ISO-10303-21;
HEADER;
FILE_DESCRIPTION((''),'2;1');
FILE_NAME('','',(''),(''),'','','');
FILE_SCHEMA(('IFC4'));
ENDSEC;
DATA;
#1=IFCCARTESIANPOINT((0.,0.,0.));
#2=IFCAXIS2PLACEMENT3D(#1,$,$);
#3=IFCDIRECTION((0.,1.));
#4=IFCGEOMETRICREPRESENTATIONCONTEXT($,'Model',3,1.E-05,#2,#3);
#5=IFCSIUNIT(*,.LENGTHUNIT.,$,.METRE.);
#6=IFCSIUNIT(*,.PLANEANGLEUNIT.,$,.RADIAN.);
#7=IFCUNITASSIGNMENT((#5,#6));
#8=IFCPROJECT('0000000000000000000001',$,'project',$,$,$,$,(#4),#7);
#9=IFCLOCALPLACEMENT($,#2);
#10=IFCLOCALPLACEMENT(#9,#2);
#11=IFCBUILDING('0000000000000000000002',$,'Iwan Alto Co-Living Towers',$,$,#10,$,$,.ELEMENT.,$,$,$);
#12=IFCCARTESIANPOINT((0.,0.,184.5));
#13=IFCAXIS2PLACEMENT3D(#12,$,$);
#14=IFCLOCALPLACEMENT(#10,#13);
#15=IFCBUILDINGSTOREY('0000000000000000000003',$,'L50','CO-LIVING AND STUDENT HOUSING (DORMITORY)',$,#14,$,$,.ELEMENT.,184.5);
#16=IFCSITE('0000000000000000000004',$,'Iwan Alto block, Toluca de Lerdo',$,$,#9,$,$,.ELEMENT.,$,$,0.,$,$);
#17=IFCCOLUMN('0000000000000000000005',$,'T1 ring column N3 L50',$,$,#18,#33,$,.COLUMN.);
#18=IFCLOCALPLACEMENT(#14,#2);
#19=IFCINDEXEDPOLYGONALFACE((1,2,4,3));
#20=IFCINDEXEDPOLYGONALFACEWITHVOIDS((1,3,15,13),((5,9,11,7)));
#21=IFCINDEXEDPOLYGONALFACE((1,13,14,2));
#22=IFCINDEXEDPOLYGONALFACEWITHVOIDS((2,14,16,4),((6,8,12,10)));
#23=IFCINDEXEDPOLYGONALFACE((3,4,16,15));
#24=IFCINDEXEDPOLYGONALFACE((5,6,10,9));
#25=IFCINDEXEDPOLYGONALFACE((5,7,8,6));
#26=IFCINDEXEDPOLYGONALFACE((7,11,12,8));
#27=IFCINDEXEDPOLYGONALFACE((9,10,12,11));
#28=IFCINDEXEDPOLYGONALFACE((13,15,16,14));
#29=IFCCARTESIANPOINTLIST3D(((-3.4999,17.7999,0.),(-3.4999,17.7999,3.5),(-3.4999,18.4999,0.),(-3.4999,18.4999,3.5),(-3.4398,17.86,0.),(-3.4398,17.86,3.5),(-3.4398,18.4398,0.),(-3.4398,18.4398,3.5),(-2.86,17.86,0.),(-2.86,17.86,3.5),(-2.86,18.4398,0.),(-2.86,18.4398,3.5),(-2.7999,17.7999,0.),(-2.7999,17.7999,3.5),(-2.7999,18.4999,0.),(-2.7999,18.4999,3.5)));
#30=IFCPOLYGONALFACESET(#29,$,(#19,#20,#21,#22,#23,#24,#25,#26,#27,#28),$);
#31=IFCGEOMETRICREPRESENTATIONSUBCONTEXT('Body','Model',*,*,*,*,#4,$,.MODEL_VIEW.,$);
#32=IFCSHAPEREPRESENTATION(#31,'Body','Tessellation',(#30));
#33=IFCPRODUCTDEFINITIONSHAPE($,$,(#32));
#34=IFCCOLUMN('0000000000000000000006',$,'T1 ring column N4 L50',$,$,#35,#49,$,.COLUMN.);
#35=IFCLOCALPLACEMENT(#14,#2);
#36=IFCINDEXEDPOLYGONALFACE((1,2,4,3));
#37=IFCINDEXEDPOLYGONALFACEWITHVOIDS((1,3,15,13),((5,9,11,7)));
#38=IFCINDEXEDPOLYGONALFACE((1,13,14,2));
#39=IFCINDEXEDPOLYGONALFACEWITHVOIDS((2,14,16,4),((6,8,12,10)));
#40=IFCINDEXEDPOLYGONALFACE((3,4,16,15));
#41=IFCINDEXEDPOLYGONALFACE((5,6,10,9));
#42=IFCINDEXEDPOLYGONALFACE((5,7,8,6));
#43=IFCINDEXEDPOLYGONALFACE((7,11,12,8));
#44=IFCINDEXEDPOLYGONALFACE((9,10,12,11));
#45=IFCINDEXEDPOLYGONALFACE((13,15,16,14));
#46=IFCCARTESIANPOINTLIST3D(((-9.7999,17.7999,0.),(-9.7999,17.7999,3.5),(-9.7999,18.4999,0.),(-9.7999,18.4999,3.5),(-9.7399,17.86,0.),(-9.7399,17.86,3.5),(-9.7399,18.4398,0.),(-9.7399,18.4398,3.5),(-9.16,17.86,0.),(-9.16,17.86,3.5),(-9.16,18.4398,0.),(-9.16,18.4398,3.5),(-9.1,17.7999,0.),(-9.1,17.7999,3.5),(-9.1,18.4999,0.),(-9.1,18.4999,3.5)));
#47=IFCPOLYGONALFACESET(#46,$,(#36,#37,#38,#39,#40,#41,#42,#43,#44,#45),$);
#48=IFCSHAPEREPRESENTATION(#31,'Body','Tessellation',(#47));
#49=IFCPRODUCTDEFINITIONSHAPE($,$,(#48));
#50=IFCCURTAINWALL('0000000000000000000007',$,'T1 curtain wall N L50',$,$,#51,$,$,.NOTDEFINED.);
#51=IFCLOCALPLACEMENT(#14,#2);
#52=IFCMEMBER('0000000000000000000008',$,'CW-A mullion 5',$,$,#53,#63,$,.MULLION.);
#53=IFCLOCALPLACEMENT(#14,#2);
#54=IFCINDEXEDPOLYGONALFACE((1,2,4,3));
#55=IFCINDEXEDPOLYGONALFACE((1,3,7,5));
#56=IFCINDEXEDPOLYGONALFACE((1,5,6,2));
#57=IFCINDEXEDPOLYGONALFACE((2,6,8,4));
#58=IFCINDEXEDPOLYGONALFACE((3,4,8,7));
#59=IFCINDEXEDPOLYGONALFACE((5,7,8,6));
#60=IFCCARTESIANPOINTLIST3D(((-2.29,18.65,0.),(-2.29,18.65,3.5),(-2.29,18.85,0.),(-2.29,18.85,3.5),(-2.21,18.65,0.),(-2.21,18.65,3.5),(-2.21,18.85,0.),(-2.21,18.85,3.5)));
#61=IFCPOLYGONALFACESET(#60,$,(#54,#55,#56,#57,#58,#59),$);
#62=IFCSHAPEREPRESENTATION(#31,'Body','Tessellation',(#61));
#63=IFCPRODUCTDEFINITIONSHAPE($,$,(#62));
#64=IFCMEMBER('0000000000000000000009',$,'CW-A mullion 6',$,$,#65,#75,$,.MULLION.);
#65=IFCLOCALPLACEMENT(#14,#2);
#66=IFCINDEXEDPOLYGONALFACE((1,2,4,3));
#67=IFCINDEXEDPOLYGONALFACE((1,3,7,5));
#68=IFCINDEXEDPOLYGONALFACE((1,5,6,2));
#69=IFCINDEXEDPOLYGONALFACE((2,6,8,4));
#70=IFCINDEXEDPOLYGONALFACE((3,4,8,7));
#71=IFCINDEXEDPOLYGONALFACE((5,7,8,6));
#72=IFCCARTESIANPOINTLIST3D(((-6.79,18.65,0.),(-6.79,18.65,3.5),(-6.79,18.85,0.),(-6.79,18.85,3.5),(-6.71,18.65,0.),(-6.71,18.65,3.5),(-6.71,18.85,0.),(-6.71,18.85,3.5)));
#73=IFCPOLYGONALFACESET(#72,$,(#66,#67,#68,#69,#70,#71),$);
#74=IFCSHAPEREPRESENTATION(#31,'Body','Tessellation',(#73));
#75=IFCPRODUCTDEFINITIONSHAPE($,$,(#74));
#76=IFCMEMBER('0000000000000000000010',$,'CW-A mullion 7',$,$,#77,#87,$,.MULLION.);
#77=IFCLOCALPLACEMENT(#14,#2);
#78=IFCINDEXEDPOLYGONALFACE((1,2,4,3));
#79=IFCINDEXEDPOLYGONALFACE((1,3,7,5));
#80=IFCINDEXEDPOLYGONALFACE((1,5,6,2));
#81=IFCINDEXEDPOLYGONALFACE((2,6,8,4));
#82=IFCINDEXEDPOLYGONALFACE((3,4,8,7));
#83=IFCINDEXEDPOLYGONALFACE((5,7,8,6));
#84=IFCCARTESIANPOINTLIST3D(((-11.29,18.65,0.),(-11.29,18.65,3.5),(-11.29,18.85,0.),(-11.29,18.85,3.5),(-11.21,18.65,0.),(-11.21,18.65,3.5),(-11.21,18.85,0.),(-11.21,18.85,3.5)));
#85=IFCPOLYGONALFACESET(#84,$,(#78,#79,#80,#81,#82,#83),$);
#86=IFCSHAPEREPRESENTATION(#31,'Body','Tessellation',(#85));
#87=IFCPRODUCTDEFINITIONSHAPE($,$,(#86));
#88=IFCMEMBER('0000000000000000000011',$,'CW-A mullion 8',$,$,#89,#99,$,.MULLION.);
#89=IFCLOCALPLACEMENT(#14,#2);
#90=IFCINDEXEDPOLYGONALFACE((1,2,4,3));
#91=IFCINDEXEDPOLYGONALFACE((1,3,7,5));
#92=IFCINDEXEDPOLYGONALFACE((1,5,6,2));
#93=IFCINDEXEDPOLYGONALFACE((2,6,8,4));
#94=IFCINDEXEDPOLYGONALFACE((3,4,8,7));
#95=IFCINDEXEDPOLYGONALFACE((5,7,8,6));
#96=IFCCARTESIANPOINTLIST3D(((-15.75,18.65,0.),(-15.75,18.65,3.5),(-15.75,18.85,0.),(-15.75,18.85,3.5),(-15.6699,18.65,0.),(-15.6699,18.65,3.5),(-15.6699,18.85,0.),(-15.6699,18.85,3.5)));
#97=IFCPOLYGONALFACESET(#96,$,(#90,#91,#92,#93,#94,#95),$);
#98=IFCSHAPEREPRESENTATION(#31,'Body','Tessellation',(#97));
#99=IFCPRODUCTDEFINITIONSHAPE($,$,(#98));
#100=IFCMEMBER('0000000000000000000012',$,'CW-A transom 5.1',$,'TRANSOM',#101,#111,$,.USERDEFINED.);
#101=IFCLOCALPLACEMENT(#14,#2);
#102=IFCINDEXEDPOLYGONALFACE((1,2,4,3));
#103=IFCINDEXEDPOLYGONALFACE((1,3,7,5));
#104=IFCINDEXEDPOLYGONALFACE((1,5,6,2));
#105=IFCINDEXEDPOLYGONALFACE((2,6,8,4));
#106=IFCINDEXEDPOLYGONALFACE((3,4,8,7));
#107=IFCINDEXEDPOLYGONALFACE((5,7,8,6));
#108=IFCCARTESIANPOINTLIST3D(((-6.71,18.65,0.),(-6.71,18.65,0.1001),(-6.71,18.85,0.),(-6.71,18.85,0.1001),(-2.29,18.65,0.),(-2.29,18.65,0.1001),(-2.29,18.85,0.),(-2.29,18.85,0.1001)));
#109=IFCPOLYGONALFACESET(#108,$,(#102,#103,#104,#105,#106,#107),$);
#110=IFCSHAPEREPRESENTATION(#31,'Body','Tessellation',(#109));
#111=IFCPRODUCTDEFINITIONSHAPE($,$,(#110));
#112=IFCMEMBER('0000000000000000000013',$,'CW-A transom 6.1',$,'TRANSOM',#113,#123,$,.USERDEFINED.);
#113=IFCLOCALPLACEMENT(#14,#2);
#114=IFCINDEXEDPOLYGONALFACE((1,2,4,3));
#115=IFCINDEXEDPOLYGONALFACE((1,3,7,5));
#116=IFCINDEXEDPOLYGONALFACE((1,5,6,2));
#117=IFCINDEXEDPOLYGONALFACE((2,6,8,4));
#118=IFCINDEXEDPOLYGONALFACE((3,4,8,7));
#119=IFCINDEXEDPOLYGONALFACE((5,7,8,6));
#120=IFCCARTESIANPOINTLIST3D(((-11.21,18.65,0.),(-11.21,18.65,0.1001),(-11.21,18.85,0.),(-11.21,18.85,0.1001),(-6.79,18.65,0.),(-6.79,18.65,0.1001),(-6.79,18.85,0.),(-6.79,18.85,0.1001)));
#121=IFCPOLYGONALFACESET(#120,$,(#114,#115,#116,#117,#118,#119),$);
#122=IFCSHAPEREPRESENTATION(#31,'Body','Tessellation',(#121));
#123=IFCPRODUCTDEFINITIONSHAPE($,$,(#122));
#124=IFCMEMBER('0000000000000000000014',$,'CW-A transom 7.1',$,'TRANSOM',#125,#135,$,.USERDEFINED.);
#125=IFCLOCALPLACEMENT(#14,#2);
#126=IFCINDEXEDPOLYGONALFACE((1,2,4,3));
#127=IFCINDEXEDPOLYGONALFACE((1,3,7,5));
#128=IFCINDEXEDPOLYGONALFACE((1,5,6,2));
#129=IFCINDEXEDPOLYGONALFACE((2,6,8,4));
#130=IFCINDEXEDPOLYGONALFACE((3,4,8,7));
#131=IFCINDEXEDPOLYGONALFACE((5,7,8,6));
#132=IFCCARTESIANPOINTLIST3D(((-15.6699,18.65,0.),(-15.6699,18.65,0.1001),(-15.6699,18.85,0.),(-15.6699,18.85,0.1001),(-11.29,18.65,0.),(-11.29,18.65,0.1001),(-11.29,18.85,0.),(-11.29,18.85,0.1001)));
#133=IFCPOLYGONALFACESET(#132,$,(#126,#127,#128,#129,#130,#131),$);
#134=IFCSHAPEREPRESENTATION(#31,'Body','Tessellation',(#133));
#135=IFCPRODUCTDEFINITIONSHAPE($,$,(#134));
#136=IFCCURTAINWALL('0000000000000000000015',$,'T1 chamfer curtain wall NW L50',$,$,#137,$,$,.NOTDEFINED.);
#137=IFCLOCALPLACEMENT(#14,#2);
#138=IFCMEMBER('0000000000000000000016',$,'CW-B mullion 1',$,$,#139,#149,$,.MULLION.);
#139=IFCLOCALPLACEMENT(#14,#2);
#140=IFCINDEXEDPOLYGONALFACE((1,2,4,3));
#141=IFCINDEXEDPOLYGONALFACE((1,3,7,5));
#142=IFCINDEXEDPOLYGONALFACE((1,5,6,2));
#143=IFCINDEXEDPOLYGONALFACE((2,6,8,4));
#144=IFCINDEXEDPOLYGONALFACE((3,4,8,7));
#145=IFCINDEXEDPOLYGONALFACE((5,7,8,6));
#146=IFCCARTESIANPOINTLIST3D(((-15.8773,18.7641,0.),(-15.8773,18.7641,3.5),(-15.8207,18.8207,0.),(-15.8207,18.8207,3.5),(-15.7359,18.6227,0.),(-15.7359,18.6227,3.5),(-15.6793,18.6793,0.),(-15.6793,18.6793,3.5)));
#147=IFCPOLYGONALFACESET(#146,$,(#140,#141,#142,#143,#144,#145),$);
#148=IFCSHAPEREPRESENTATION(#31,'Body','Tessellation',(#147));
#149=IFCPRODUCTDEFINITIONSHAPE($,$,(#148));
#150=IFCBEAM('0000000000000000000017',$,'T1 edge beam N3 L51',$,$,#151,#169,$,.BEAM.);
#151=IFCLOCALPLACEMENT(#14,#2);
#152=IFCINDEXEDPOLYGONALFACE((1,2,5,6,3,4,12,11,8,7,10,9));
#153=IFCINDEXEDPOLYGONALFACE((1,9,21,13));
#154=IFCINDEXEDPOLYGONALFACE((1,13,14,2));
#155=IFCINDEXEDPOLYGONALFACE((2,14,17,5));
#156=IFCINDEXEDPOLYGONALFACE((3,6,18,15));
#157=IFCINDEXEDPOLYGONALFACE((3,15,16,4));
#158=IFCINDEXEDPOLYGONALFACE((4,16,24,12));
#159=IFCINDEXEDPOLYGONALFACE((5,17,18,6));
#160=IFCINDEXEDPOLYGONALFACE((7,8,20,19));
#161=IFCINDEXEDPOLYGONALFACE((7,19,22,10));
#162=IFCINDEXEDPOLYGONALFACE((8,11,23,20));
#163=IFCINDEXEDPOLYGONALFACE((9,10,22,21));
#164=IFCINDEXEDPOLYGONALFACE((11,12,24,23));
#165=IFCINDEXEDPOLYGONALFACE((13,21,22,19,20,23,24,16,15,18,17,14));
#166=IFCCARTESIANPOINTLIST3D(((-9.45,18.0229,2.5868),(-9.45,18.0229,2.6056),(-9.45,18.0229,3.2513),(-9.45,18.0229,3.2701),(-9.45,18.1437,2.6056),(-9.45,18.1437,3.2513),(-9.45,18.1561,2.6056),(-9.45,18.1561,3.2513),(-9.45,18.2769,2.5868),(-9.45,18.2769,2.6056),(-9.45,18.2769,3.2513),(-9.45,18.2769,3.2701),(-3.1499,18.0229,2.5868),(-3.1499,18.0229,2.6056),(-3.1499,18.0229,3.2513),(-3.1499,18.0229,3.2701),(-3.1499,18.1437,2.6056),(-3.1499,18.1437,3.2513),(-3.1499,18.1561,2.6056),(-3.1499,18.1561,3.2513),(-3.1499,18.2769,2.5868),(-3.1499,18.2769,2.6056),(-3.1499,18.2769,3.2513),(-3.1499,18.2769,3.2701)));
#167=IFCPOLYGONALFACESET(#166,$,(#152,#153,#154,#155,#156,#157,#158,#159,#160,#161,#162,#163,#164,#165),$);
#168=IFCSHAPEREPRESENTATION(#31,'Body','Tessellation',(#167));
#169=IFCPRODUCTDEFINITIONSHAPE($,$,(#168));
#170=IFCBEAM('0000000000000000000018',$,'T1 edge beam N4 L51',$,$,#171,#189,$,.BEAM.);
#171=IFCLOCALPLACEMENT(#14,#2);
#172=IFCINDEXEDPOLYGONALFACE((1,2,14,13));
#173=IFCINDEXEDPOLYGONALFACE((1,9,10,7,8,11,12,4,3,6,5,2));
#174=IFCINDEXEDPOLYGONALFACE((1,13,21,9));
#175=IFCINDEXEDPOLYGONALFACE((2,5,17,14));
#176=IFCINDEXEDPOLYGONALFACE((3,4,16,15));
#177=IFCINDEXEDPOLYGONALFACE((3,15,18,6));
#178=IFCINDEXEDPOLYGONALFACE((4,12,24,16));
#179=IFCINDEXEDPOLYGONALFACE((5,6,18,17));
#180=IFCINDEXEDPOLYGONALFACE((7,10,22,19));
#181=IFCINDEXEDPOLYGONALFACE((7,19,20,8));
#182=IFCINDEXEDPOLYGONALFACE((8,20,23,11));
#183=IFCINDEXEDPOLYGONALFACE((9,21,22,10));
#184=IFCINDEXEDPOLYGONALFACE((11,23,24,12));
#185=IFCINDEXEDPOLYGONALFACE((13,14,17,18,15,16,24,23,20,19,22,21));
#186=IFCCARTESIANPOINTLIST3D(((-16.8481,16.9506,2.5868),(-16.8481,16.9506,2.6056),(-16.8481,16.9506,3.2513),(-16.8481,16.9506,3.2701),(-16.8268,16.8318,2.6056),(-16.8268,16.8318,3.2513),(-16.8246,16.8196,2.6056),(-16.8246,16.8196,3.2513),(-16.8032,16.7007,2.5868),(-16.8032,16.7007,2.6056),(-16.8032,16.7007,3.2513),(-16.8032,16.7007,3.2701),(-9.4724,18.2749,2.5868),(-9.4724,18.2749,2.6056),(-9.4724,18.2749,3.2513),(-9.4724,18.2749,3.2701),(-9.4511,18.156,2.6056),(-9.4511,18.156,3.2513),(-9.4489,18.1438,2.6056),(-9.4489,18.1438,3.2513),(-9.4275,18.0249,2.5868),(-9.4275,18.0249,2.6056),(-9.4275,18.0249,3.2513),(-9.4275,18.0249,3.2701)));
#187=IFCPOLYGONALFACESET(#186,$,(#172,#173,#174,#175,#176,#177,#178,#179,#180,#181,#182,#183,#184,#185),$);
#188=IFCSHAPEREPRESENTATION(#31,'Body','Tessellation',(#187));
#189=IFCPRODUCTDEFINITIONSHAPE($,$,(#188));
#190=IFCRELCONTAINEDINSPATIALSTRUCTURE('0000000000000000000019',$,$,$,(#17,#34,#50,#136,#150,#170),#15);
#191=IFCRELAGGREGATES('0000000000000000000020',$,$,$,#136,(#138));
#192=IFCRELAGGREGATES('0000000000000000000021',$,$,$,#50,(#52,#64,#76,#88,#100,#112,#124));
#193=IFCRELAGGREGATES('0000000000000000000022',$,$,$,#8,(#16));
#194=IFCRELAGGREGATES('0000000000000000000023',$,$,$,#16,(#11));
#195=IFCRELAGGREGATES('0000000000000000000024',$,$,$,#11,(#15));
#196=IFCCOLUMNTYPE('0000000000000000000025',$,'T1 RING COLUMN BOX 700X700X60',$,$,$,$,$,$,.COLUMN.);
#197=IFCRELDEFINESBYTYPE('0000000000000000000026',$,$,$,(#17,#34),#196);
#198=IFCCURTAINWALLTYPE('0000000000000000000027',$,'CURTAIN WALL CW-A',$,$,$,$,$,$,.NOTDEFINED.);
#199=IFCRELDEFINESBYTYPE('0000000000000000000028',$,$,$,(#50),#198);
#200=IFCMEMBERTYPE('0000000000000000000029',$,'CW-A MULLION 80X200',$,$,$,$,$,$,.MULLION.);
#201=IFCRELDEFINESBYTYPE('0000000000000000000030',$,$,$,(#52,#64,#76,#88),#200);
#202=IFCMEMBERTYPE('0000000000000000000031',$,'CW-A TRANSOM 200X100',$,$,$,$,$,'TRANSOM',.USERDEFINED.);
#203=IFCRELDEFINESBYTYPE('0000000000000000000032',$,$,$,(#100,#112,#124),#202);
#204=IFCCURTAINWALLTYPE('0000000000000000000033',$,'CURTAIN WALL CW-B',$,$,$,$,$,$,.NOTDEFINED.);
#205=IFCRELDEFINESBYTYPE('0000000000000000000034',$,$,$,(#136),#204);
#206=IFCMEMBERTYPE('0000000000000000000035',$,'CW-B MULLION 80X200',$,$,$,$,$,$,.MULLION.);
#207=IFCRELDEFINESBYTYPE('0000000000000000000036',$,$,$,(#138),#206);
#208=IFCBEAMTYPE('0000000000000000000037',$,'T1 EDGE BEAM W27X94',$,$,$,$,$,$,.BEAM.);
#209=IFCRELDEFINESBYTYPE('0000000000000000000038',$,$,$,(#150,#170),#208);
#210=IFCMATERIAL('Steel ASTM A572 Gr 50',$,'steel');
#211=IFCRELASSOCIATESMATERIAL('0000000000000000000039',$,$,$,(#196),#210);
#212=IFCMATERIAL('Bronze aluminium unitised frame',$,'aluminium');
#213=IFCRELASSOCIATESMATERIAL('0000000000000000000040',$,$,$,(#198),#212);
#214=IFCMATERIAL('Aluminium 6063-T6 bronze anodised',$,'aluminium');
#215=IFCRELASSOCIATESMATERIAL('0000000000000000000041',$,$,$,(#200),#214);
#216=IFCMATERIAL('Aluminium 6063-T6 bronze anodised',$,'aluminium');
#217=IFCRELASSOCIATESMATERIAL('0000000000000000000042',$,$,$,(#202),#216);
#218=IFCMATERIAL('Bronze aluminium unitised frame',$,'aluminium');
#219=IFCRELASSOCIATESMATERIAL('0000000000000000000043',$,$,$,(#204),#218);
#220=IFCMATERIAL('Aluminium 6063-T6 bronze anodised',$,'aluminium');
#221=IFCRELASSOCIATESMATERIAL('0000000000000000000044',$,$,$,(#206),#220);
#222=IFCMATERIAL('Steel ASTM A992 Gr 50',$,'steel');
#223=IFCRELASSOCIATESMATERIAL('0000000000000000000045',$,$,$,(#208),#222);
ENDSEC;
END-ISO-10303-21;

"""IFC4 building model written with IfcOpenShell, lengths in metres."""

from ifc_helpers import new_model, si_unit, direction, frame, origin, origin_2d, place, context, subcontext, project, spatial, rectangle, hollow_rectangle, i_section, extrude, material, material_profile, profile_set, type_object, element, aggregate, save


model = new_model("IFC4")

# Units and contexts
model_context = context("Model", 3, precision=1e-05, world=origin(), true_north=direction((0.0, 1.0)))
body_context = subcontext(model_context, "Body", "Model", "MODEL_VIEW")
ifc_project = project(units=[si_unit("LENGTHUNIT", "METRE"), si_unit("PLANEANGLEUNIT", "RADIAN")], contexts=[model_context])

# Site, building, storey
site_placement = place(None, origin())
site = spatial("IfcSite", under=ifc_project, at=site_placement, Name="Iwan Alto block, Toluca de Lerdo", CompositionType="ELEMENT", RefElevation=0.0)
building_placement = place(site_placement, origin())
building = spatial("IfcBuilding", under=site, at=building_placement, Name="Iwan Alto Co-Living Towers", CompositionType="ELEMENT")
storey_placement = place(building_placement, frame((0.0, 0.0, 184.5)))
storey = spatial("IfcBuildingStorey", under=building, at=storey_placement, Name="L50", Description="CO-LIVING AND STUDENT HOUSING (DORMITORY)", CompositionType="ELEMENT", Elevation=184.5)

# Columns
ifc_material_1 = material(Name="Steel ASTM A572 Gr 50", Category="steel")
ifc_material_profile_1 = material_profile(ifc_material_1, hollow_rectangle(XDim=0.7, YDim=0.7, WallThickness=0.0601, at=origin_2d()), Name="BOX 700X700X60")
ifc_profile_set_1 = profile_set([ifc_material_profile_1], Name="Steel ASTM A572 Gr 50")
column_type = type_object("IfcColumnType", Name="T1 RING COLUMN BOX 700X700X60", PredefinedType="COLUMN", material=ifc_profile_set_1)
for number, where, z_axis, x_axis, name in (
    (1, (-3.1499, 18.1499, 0.0), (0.0, 0.0, 1.0), (1.0, 0.0, 0.0), "T1 ring column N3 L50"),
    (2, (-9.45, 18.1499, 0.0), (0.0, 0.0, 1.0), (1.0, 0.0, 0.0), "T1 ring column N4 L50"),
):
    element("IfcColumn", number, at=place(storey_placement, frame(where, z_axis=z_axis, x_axis=x_axis)), inside=storey, type_object=column_type, Name=name, PredefinedType="COLUMN", context=body_context, shape_type="SweptSolid", body=[
        extrude(hollow_rectangle(XDim=0.7, YDim=0.7, WallThickness=0.0601, at=origin_2d()), origin(), (0.0, 0.0, 1.0), 3.5),
    ])

# Curtain wall, members
ifc_material_2 = material(Name="Bronze aluminium unitised frame", Category="aluminium")
curtain_wall_type_1 = type_object("IfcCurtainWallType", Name="CURTAIN WALL CW-A", PredefinedType="NOTDEFINED", material=ifc_material_2)
curtain_wall_1_placement = place(storey_placement, origin())
curtain_wall_1 = element("IfcCurtainWall", 3, at=curtain_wall_1_placement, inside=storey, type_object=curtain_wall_type_1, Name="T1 curtain wall N L50", PredefinedType="NOTDEFINED")
ifc_material_3 = material(Name="Aluminium 6063-T6 bronze anodised", Category="aluminium")
ifc_material_profile_2 = material_profile(ifc_material_3, rectangle(XDim=0.2, YDim=0.0801, at=origin_2d()), Name="AL 80X200")
ifc_profile_set_2 = profile_set([ifc_material_profile_2], Name="Aluminium 6063-T6 bronze anodised")
member_type_1 = type_object("IfcMemberType", Name="CW-A MULLION 80X200", PredefinedType="MULLION", material=ifc_profile_set_2)
member_1_placement = place(storey_placement, frame((-2.25, 18.75, 0.0), z_axis=(0.0, 0.0, 1.0), x_axis=(0.0, -1.0, 0.0)))
member_1 = element("IfcMember", 4, at=member_1_placement, type_object=member_type_1, Name="CW-A mullion 5", PredefinedType="MULLION", context=body_context, shape_type="SweptSolid", body=[
    extrude(rectangle(XDim=0.2, YDim=0.0801, at=origin_2d()), origin(), (0.0, 0.0, 1.0), 3.5),
])
member_2_placement = place(storey_placement, frame((-6.75, 18.75, 0.0), z_axis=(0.0, 0.0, 1.0), x_axis=(0.0, -1.0, 0.0)))
member_2 = element("IfcMember", 5, at=member_2_placement, type_object=member_type_1, Name="CW-A mullion 6", PredefinedType="MULLION", context=body_context, shape_type="SweptSolid", body=[
    extrude(rectangle(XDim=0.2, YDim=0.0801, at=origin_2d()), origin(), (0.0, 0.0, 1.0), 3.5),
])
member_3_placement = place(storey_placement, frame((-11.25, 18.75, 0.0), z_axis=(0.0, 0.0, 1.0), x_axis=(0.0, -1.0, 0.0)))
member_3 = element("IfcMember", 6, at=member_3_placement, type_object=member_type_1, Name="CW-A mullion 7", PredefinedType="MULLION", context=body_context, shape_type="SweptSolid", body=[
    extrude(rectangle(XDim=0.2, YDim=0.0801, at=origin_2d()), origin(), (0.0, 0.0, 1.0), 3.5),
])
member_4_placement = place(storey_placement, frame((-15.71, 18.75, 0.0), z_axis=(0.0, 0.0, 1.0), x_axis=(0.0, -1.0, 0.0)))
member_4 = element("IfcMember", 7, at=member_4_placement, type_object=member_type_1, Name="CW-A mullion 8", PredefinedType="MULLION", context=body_context, shape_type="SweptSolid", body=[
    extrude(rectangle(XDim=0.2, YDim=0.0801, at=origin_2d()), origin(), (0.0, 0.0, 1.0), 3.5),
])
ifc_material_4 = material(Name="Aluminium 6063-T6 bronze anodised", Category="aluminium")
ifc_material_profile_3 = material_profile(ifc_material_4, rectangle(XDim=0.2, YDim=0.1001, at=origin_2d()), Name="AL 200X100")
ifc_profile_set_3 = profile_set([ifc_material_profile_3], Name="Aluminium 6063-T6 bronze anodised")
member_type_2 = type_object("IfcMemberType", Name="CW-A TRANSOM 200X100", ElementType="TRANSOM", PredefinedType="USERDEFINED", material=ifc_profile_set_3)
member_5_placement = place(storey_placement, frame((-2.29, 18.75, 0.05), z_axis=(-1.0, 0.0, 0.0), x_axis=(0.0, -1.0, 0.0)))
member_5 = element("IfcMember", 8, at=member_5_placement, type_object=member_type_2, Name="CW-A transom 5.1", ObjectType="TRANSOM", PredefinedType="USERDEFINED", context=body_context, shape_type="SweptSolid", body=[
    extrude(rectangle(XDim=0.2, YDim=0.1001, at=origin_2d()), origin(), (0.0, 0.0, 1.0), 4.4199),
])
member_6_placement = place(storey_placement, frame((-6.79, 18.75, 0.05), z_axis=(-1.0, 0.0, 0.0), x_axis=(0.0, -1.0, 0.0)))
member_6 = element("IfcMember", 9, at=member_6_placement, type_object=member_type_2, Name="CW-A transom 6.1", ObjectType="TRANSOM", PredefinedType="USERDEFINED", context=body_context, shape_type="SweptSolid", body=[
    extrude(rectangle(XDim=0.2, YDim=0.1001, at=origin_2d()), origin(), (0.0, 0.0, 1.0), 4.4199),
])
member_7_placement = place(storey_placement, frame((-11.29, 18.75, 0.05), z_axis=(-1.0, 0.0, 0.0), x_axis=(0.0, -1.0, 0.0)))
member_7 = element("IfcMember", 10, at=member_7_placement, type_object=member_type_2, Name="CW-A transom 7.1", ObjectType="TRANSOM", PredefinedType="USERDEFINED", context=body_context, shape_type="SweptSolid", body=[
    extrude(rectangle(XDim=0.2, YDim=0.1001, at=origin_2d()), origin(), (0.0, 0.0, 1.0), 4.3799),
])

# Curtain wall, member
ifc_material_5 = material(Name="Bronze aluminium unitised frame", Category="aluminium")
curtain_wall_type_2 = type_object("IfcCurtainWallType", Name="CURTAIN WALL CW-B", PredefinedType="NOTDEFINED", material=ifc_material_5)
curtain_wall_2_placement = place(storey_placement, origin())
curtain_wall_2 = element("IfcCurtainWall", 11, at=curtain_wall_2_placement, inside=storey, type_object=curtain_wall_type_2, Name="T1 chamfer curtain wall NW L50", PredefinedType="NOTDEFINED")
ifc_material_6 = material(Name="Aluminium 6063-T6 bronze anodised", Category="aluminium")
ifc_material_profile_4 = material_profile(ifc_material_6, rectangle(XDim=0.2, YDim=0.0801, at=origin_2d()), Name="AL 80X200")
ifc_profile_set_4 = profile_set([ifc_material_profile_4], Name="Aluminium 6063-T6 bronze anodised")
member_type_3 = type_object("IfcMemberType", Name="CW-B MULLION 80X200", PredefinedType="MULLION", material=ifc_profile_set_4)
member_8_placement = place(storey_placement, frame((-15.7783, 18.7217, 0.0), z_axis=(0.0, 0.0, 1.0), x_axis=(0.707107, -0.707107, 0.0)))
member_8 = element("IfcMember", 12, at=member_8_placement, type_object=member_type_3, Name="CW-B mullion 1", PredefinedType="MULLION", context=body_context, shape_type="SweptSolid", body=[
    extrude(rectangle(XDim=0.2, YDim=0.0801, at=origin_2d()), origin(), (0.0, 0.0, 1.0), 3.5),
])
aggregate(curtain_wall_2, [member_8])

# Beams
ifc_material_7 = material(Name="Steel ASTM A992 Gr 50", Category="steel")
ifc_material_profile_5 = material_profile(ifc_material_7, i_section(OverallWidth=0.2539, OverallDepth=0.6833, WebThickness=0.0125, FlangeThickness=0.0188, at=origin_2d()), Name="W27X94")
ifc_profile_set_5 = profile_set([ifc_material_profile_5], Name="Steel ASTM A992 Gr 50")
beam_type_1 = type_object("IfcBeamType", Name="T1 EDGE BEAM W27X94", PredefinedType="BEAM", material=ifc_profile_set_5)
beam_1_placement = place(storey_placement, frame((-3.1499, 18.1499, 2.9285), z_axis=(-1.0, 0.0, 0.0), x_axis=(0.0, -1.0, 0.0)))
element("IfcBeam", 13, at=beam_1_placement, inside=storey, type_object=beam_type_1, Name="T1 edge beam N3 L51", PredefinedType="BEAM", context=body_context, shape_type="SweptSolid", body=[
    extrude(i_section(OverallWidth=0.2539, OverallDepth=0.6833, WebThickness=0.0125, FlangeThickness=0.0188, at=origin_2d()), origin(), (0.0, 0.0, 1.0), 6.3),
])
beam_2_placement = place(storey_placement, frame((-9.45, 18.1499, 2.9285), z_axis=(-0.984263, -0.176712, 0.0), x_axis=(0.176712, -0.984263, 0.0)))
element("IfcBeam", 14, at=beam_2_placement, inside=storey, type_object=beam_type_1, Name="T1 edge beam N4 L51", PredefinedType="BEAM", context=body_context, shape_type="SweptSolid", body=[
    extrude(i_section(OverallWidth=0.2539, OverallDepth=0.6833, WebThickness=0.0125, FlangeThickness=0.0188, at=origin_2d()), origin(), (0.0, 0.0, 1.0), 7.4937),
])

aggregate(curtain_wall_1, [member_1, member_2, member_3, member_4, member_5, member_6, member_7])

save(model, "model.ifc")
